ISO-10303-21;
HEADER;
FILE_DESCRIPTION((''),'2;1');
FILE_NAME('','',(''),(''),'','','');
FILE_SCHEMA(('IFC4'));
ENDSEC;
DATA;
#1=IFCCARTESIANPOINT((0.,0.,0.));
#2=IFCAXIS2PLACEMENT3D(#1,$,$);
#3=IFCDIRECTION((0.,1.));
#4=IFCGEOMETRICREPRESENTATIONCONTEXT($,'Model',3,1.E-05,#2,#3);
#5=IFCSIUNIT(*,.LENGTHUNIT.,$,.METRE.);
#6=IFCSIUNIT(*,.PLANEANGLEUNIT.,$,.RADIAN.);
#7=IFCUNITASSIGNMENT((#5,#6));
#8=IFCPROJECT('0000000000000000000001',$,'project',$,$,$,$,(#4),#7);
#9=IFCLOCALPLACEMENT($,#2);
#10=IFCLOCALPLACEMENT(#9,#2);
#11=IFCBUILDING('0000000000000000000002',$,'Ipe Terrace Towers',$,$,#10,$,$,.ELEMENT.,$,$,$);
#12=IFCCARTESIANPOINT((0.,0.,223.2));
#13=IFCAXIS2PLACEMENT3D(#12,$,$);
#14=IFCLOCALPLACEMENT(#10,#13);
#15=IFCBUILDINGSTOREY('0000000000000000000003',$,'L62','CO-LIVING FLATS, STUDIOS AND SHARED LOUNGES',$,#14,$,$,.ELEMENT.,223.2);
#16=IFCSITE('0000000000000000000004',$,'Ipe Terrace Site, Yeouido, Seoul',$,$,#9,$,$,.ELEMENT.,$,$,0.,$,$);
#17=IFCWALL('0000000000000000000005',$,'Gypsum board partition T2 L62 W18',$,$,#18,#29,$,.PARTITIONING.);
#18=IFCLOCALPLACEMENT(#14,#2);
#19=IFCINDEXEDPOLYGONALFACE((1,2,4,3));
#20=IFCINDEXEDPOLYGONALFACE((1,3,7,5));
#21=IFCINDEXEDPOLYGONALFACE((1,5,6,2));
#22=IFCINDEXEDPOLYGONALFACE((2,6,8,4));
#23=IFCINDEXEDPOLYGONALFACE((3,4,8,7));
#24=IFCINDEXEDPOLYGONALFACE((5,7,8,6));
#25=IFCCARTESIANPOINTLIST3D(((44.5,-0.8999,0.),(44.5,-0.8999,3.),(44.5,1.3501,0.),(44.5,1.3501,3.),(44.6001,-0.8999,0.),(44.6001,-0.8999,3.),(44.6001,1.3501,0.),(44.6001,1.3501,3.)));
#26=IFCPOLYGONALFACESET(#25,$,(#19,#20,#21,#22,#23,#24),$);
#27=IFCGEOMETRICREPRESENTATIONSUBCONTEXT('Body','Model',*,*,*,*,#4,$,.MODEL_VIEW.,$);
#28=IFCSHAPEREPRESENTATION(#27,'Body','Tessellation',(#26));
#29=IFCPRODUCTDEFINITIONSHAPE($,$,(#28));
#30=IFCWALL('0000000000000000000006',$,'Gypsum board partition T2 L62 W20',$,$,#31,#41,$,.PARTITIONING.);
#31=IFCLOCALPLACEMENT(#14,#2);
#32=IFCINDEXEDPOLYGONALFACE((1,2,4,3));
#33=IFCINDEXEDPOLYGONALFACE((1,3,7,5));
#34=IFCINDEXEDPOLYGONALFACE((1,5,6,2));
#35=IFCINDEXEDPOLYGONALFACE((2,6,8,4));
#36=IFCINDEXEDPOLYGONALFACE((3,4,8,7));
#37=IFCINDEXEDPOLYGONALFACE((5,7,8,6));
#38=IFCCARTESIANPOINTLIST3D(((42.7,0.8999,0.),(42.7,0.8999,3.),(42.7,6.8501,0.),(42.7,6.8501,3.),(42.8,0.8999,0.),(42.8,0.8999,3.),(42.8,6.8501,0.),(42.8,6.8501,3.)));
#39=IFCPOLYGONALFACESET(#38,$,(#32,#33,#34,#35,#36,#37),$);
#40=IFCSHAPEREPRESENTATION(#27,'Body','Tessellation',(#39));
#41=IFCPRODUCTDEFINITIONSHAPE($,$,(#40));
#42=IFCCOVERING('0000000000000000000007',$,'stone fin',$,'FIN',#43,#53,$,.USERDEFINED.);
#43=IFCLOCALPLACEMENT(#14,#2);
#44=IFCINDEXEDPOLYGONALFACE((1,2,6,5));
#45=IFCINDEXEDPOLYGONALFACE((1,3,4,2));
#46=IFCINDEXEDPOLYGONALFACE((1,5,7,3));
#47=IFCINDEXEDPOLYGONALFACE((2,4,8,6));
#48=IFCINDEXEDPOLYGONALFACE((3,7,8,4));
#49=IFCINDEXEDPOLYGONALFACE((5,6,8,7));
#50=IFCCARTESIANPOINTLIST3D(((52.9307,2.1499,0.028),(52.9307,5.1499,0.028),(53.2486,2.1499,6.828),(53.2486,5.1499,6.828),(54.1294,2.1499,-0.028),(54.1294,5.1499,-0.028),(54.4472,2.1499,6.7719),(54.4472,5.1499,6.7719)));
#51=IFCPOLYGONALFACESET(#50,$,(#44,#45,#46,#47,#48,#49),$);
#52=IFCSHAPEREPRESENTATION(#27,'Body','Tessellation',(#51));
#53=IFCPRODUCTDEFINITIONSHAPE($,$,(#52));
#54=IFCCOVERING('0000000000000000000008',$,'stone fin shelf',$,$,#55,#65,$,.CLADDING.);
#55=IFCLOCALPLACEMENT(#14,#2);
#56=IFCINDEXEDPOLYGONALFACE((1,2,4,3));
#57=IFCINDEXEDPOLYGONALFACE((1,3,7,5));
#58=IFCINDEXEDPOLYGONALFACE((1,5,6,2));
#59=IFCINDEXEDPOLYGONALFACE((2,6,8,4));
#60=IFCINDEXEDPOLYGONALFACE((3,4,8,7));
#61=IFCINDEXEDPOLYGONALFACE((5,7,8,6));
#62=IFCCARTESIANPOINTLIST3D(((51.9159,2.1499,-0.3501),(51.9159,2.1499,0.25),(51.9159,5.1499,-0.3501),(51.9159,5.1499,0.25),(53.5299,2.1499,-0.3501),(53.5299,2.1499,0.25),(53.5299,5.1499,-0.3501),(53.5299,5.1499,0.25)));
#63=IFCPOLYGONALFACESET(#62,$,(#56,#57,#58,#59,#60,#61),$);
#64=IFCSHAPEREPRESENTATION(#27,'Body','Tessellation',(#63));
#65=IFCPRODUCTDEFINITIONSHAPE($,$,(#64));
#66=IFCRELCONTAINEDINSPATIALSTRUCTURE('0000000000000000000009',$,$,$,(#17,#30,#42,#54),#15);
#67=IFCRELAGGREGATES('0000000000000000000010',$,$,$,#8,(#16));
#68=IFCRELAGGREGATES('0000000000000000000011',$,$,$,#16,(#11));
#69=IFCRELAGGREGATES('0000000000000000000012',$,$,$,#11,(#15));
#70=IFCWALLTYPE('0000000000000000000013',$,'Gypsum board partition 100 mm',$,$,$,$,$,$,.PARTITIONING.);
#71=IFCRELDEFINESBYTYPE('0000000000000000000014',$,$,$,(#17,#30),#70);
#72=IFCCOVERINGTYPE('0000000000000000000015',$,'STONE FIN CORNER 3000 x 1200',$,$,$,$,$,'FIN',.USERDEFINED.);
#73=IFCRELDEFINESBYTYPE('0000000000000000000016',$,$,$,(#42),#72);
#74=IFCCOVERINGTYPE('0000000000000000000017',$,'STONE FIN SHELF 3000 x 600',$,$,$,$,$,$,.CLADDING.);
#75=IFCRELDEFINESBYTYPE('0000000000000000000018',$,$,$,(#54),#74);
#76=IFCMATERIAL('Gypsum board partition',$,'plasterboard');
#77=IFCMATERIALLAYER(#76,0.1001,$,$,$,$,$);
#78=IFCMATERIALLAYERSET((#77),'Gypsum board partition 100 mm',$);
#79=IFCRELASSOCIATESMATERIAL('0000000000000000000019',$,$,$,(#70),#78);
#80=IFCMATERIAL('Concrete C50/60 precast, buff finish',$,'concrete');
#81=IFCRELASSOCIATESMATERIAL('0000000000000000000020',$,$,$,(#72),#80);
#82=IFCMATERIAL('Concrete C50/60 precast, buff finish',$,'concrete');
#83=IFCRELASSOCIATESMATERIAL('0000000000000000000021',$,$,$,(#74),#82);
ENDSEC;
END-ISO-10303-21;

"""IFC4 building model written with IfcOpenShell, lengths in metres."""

from ifc_helpers import new_model, si_unit, direction, frame, frame_2d, origin, origin_2d, place, context, subcontext, project, spatial, rectangle, extrude, material, layer, layer_set, material_profile, profile_set, type_object, element, save


model = new_model("IFC4")

# Units and contexts
model_context = context("Model", 3, precision=1e-05, world=origin(), true_north=direction((0.0, 1.0)))
body_context = subcontext(model_context, "Body", "Model", "MODEL_VIEW")
ifc_project = project(units=[si_unit("LENGTHUNIT", "METRE"), si_unit("PLANEANGLEUNIT", "RADIAN")], contexts=[model_context])

# Site, building, storey
site_placement = place(None, origin())
site = spatial("IfcSite", under=ifc_project, at=site_placement, Name="Ipe Terrace Site, Yeouido, Seoul", CompositionType="ELEMENT", RefElevation=0.0)
building_placement = place(site_placement, origin())
building = spatial("IfcBuilding", under=site, at=building_placement, Name="Ipe Terrace Towers", CompositionType="ELEMENT")
storey_placement = place(building_placement, frame((0.0, 0.0, 223.2)))
storey = spatial("IfcBuildingStorey", under=building, at=storey_placement, Name="L62", Description="CO-LIVING FLATS, STUDIOS AND SHARED LOUNGES", CompositionType="ELEMENT", Elevation=223.2)

# Shared definitions
ifc_material_1 = material(Name="Gypsum board partition", Category="plasterboard")
ifc_layer_1 = layer(ifc_material_1, 0.1001)
ifc_layer_set_1 = layer_set([ifc_layer_1], Name="Gypsum board partition 100 mm")
wall_type_1 = type_object("IfcWallType", Name="Gypsum board partition 100 mm", PredefinedType="PARTITIONING", material=ifc_layer_set_1)

# Walls
wall_1_placement = place(storey_placement, frame((44.55, -0.8999, 0.0), z_axis=(0.0, 0.0, 1.0), x_axis=(0.0, 1.0, 0.0)))
element("IfcWall", 1, at=wall_1_placement, inside=storey, type_object=wall_type_1, Name="Gypsum board partition T2 L62 W18", PredefinedType="PARTITIONING", context=body_context, shape_type="SweptSolid", body=[
    extrude(rectangle(XDim=2.25, YDim=0.1001, at=frame_2d((1.125, 0.0))), origin(), (0.0, 0.0, 1.0), 3.0),
])
wall_2_placement = place(storey_placement, frame((42.75, 0.8999, 0.0), z_axis=(0.0, 0.0, 1.0), x_axis=(0.0, 1.0, 0.0)))
element("IfcWall", 2, at=wall_2_placement, inside=storey, type_object=wall_type_1, Name="Gypsum board partition T2 L62 W20", PredefinedType="PARTITIONING", context=body_context, shape_type="SweptSolid", body=[
    extrude(rectangle(XDim=5.9502, YDim=0.1001, at=frame_2d((2.9751, 0.0))), origin(), (0.0, 0.0, 1.0), 3.0),
])

# Coverings
ifc_material_2 = material(Name="Concrete C50/60 precast, buff finish", Category="concrete")
ifc_material_profile_1 = material_profile(ifc_material_2, rectangle(XDim=3.0, YDim=1.2, at=origin_2d()), Name="STONE FIN CORNER 3000 x 1200")
ifc_profile_set_1 = profile_set([ifc_material_profile_1], Name="Concrete C50/60 precast, buff finish")
covering_type_1 = type_object("IfcCoveringType", Name="STONE FIN CORNER 3000 x 1200", ElementType="FIN", PredefinedType="USERDEFINED", material=ifc_profile_set_1)
covering_1_placement = place(storey_placement, frame((53.53, 3.6499, 0.0), z_axis=(0.046694, 0.0, 0.998909), x_axis=(0.0, 1.0, 0.0)))
element("IfcCovering", 3, at=covering_1_placement, inside=storey, type_object=covering_type_1, Name="stone fin", ObjectType="FIN", PredefinedType="USERDEFINED", context=body_context, shape_type="SweptSolid", body=[
    extrude(rectangle(XDim=3.0, YDim=1.2, at=origin_2d()), origin(), (0.0, 0.0, 1.0), 6.8074),
])
ifc_material_3 = material(Name="Concrete C50/60 precast, buff finish", Category="concrete")
covering_type_2 = type_object("IfcCoveringType", Name="STONE FIN SHELF 3000 x 600", PredefinedType="CLADDING", material=ifc_material_3)
covering_2_placement = place(storey_placement, frame((52.7229, 3.6499, -0.3501), z_axis=(0.0, 0.0, 1.0), x_axis=(0.0, 1.0, 0.0)))
element("IfcCovering", 4, at=covering_2_placement, inside=storey, type_object=covering_type_2, Name="stone fin shelf", PredefinedType="CLADDING", context=body_context, shape_type="SweptSolid", body=[
    extrude(rectangle(XDim=3.0, YDim=1.614, at=origin_2d()), origin(), (0.0, 0.0, 1.0), 0.6001),
])

save(model, "model.ifc")
